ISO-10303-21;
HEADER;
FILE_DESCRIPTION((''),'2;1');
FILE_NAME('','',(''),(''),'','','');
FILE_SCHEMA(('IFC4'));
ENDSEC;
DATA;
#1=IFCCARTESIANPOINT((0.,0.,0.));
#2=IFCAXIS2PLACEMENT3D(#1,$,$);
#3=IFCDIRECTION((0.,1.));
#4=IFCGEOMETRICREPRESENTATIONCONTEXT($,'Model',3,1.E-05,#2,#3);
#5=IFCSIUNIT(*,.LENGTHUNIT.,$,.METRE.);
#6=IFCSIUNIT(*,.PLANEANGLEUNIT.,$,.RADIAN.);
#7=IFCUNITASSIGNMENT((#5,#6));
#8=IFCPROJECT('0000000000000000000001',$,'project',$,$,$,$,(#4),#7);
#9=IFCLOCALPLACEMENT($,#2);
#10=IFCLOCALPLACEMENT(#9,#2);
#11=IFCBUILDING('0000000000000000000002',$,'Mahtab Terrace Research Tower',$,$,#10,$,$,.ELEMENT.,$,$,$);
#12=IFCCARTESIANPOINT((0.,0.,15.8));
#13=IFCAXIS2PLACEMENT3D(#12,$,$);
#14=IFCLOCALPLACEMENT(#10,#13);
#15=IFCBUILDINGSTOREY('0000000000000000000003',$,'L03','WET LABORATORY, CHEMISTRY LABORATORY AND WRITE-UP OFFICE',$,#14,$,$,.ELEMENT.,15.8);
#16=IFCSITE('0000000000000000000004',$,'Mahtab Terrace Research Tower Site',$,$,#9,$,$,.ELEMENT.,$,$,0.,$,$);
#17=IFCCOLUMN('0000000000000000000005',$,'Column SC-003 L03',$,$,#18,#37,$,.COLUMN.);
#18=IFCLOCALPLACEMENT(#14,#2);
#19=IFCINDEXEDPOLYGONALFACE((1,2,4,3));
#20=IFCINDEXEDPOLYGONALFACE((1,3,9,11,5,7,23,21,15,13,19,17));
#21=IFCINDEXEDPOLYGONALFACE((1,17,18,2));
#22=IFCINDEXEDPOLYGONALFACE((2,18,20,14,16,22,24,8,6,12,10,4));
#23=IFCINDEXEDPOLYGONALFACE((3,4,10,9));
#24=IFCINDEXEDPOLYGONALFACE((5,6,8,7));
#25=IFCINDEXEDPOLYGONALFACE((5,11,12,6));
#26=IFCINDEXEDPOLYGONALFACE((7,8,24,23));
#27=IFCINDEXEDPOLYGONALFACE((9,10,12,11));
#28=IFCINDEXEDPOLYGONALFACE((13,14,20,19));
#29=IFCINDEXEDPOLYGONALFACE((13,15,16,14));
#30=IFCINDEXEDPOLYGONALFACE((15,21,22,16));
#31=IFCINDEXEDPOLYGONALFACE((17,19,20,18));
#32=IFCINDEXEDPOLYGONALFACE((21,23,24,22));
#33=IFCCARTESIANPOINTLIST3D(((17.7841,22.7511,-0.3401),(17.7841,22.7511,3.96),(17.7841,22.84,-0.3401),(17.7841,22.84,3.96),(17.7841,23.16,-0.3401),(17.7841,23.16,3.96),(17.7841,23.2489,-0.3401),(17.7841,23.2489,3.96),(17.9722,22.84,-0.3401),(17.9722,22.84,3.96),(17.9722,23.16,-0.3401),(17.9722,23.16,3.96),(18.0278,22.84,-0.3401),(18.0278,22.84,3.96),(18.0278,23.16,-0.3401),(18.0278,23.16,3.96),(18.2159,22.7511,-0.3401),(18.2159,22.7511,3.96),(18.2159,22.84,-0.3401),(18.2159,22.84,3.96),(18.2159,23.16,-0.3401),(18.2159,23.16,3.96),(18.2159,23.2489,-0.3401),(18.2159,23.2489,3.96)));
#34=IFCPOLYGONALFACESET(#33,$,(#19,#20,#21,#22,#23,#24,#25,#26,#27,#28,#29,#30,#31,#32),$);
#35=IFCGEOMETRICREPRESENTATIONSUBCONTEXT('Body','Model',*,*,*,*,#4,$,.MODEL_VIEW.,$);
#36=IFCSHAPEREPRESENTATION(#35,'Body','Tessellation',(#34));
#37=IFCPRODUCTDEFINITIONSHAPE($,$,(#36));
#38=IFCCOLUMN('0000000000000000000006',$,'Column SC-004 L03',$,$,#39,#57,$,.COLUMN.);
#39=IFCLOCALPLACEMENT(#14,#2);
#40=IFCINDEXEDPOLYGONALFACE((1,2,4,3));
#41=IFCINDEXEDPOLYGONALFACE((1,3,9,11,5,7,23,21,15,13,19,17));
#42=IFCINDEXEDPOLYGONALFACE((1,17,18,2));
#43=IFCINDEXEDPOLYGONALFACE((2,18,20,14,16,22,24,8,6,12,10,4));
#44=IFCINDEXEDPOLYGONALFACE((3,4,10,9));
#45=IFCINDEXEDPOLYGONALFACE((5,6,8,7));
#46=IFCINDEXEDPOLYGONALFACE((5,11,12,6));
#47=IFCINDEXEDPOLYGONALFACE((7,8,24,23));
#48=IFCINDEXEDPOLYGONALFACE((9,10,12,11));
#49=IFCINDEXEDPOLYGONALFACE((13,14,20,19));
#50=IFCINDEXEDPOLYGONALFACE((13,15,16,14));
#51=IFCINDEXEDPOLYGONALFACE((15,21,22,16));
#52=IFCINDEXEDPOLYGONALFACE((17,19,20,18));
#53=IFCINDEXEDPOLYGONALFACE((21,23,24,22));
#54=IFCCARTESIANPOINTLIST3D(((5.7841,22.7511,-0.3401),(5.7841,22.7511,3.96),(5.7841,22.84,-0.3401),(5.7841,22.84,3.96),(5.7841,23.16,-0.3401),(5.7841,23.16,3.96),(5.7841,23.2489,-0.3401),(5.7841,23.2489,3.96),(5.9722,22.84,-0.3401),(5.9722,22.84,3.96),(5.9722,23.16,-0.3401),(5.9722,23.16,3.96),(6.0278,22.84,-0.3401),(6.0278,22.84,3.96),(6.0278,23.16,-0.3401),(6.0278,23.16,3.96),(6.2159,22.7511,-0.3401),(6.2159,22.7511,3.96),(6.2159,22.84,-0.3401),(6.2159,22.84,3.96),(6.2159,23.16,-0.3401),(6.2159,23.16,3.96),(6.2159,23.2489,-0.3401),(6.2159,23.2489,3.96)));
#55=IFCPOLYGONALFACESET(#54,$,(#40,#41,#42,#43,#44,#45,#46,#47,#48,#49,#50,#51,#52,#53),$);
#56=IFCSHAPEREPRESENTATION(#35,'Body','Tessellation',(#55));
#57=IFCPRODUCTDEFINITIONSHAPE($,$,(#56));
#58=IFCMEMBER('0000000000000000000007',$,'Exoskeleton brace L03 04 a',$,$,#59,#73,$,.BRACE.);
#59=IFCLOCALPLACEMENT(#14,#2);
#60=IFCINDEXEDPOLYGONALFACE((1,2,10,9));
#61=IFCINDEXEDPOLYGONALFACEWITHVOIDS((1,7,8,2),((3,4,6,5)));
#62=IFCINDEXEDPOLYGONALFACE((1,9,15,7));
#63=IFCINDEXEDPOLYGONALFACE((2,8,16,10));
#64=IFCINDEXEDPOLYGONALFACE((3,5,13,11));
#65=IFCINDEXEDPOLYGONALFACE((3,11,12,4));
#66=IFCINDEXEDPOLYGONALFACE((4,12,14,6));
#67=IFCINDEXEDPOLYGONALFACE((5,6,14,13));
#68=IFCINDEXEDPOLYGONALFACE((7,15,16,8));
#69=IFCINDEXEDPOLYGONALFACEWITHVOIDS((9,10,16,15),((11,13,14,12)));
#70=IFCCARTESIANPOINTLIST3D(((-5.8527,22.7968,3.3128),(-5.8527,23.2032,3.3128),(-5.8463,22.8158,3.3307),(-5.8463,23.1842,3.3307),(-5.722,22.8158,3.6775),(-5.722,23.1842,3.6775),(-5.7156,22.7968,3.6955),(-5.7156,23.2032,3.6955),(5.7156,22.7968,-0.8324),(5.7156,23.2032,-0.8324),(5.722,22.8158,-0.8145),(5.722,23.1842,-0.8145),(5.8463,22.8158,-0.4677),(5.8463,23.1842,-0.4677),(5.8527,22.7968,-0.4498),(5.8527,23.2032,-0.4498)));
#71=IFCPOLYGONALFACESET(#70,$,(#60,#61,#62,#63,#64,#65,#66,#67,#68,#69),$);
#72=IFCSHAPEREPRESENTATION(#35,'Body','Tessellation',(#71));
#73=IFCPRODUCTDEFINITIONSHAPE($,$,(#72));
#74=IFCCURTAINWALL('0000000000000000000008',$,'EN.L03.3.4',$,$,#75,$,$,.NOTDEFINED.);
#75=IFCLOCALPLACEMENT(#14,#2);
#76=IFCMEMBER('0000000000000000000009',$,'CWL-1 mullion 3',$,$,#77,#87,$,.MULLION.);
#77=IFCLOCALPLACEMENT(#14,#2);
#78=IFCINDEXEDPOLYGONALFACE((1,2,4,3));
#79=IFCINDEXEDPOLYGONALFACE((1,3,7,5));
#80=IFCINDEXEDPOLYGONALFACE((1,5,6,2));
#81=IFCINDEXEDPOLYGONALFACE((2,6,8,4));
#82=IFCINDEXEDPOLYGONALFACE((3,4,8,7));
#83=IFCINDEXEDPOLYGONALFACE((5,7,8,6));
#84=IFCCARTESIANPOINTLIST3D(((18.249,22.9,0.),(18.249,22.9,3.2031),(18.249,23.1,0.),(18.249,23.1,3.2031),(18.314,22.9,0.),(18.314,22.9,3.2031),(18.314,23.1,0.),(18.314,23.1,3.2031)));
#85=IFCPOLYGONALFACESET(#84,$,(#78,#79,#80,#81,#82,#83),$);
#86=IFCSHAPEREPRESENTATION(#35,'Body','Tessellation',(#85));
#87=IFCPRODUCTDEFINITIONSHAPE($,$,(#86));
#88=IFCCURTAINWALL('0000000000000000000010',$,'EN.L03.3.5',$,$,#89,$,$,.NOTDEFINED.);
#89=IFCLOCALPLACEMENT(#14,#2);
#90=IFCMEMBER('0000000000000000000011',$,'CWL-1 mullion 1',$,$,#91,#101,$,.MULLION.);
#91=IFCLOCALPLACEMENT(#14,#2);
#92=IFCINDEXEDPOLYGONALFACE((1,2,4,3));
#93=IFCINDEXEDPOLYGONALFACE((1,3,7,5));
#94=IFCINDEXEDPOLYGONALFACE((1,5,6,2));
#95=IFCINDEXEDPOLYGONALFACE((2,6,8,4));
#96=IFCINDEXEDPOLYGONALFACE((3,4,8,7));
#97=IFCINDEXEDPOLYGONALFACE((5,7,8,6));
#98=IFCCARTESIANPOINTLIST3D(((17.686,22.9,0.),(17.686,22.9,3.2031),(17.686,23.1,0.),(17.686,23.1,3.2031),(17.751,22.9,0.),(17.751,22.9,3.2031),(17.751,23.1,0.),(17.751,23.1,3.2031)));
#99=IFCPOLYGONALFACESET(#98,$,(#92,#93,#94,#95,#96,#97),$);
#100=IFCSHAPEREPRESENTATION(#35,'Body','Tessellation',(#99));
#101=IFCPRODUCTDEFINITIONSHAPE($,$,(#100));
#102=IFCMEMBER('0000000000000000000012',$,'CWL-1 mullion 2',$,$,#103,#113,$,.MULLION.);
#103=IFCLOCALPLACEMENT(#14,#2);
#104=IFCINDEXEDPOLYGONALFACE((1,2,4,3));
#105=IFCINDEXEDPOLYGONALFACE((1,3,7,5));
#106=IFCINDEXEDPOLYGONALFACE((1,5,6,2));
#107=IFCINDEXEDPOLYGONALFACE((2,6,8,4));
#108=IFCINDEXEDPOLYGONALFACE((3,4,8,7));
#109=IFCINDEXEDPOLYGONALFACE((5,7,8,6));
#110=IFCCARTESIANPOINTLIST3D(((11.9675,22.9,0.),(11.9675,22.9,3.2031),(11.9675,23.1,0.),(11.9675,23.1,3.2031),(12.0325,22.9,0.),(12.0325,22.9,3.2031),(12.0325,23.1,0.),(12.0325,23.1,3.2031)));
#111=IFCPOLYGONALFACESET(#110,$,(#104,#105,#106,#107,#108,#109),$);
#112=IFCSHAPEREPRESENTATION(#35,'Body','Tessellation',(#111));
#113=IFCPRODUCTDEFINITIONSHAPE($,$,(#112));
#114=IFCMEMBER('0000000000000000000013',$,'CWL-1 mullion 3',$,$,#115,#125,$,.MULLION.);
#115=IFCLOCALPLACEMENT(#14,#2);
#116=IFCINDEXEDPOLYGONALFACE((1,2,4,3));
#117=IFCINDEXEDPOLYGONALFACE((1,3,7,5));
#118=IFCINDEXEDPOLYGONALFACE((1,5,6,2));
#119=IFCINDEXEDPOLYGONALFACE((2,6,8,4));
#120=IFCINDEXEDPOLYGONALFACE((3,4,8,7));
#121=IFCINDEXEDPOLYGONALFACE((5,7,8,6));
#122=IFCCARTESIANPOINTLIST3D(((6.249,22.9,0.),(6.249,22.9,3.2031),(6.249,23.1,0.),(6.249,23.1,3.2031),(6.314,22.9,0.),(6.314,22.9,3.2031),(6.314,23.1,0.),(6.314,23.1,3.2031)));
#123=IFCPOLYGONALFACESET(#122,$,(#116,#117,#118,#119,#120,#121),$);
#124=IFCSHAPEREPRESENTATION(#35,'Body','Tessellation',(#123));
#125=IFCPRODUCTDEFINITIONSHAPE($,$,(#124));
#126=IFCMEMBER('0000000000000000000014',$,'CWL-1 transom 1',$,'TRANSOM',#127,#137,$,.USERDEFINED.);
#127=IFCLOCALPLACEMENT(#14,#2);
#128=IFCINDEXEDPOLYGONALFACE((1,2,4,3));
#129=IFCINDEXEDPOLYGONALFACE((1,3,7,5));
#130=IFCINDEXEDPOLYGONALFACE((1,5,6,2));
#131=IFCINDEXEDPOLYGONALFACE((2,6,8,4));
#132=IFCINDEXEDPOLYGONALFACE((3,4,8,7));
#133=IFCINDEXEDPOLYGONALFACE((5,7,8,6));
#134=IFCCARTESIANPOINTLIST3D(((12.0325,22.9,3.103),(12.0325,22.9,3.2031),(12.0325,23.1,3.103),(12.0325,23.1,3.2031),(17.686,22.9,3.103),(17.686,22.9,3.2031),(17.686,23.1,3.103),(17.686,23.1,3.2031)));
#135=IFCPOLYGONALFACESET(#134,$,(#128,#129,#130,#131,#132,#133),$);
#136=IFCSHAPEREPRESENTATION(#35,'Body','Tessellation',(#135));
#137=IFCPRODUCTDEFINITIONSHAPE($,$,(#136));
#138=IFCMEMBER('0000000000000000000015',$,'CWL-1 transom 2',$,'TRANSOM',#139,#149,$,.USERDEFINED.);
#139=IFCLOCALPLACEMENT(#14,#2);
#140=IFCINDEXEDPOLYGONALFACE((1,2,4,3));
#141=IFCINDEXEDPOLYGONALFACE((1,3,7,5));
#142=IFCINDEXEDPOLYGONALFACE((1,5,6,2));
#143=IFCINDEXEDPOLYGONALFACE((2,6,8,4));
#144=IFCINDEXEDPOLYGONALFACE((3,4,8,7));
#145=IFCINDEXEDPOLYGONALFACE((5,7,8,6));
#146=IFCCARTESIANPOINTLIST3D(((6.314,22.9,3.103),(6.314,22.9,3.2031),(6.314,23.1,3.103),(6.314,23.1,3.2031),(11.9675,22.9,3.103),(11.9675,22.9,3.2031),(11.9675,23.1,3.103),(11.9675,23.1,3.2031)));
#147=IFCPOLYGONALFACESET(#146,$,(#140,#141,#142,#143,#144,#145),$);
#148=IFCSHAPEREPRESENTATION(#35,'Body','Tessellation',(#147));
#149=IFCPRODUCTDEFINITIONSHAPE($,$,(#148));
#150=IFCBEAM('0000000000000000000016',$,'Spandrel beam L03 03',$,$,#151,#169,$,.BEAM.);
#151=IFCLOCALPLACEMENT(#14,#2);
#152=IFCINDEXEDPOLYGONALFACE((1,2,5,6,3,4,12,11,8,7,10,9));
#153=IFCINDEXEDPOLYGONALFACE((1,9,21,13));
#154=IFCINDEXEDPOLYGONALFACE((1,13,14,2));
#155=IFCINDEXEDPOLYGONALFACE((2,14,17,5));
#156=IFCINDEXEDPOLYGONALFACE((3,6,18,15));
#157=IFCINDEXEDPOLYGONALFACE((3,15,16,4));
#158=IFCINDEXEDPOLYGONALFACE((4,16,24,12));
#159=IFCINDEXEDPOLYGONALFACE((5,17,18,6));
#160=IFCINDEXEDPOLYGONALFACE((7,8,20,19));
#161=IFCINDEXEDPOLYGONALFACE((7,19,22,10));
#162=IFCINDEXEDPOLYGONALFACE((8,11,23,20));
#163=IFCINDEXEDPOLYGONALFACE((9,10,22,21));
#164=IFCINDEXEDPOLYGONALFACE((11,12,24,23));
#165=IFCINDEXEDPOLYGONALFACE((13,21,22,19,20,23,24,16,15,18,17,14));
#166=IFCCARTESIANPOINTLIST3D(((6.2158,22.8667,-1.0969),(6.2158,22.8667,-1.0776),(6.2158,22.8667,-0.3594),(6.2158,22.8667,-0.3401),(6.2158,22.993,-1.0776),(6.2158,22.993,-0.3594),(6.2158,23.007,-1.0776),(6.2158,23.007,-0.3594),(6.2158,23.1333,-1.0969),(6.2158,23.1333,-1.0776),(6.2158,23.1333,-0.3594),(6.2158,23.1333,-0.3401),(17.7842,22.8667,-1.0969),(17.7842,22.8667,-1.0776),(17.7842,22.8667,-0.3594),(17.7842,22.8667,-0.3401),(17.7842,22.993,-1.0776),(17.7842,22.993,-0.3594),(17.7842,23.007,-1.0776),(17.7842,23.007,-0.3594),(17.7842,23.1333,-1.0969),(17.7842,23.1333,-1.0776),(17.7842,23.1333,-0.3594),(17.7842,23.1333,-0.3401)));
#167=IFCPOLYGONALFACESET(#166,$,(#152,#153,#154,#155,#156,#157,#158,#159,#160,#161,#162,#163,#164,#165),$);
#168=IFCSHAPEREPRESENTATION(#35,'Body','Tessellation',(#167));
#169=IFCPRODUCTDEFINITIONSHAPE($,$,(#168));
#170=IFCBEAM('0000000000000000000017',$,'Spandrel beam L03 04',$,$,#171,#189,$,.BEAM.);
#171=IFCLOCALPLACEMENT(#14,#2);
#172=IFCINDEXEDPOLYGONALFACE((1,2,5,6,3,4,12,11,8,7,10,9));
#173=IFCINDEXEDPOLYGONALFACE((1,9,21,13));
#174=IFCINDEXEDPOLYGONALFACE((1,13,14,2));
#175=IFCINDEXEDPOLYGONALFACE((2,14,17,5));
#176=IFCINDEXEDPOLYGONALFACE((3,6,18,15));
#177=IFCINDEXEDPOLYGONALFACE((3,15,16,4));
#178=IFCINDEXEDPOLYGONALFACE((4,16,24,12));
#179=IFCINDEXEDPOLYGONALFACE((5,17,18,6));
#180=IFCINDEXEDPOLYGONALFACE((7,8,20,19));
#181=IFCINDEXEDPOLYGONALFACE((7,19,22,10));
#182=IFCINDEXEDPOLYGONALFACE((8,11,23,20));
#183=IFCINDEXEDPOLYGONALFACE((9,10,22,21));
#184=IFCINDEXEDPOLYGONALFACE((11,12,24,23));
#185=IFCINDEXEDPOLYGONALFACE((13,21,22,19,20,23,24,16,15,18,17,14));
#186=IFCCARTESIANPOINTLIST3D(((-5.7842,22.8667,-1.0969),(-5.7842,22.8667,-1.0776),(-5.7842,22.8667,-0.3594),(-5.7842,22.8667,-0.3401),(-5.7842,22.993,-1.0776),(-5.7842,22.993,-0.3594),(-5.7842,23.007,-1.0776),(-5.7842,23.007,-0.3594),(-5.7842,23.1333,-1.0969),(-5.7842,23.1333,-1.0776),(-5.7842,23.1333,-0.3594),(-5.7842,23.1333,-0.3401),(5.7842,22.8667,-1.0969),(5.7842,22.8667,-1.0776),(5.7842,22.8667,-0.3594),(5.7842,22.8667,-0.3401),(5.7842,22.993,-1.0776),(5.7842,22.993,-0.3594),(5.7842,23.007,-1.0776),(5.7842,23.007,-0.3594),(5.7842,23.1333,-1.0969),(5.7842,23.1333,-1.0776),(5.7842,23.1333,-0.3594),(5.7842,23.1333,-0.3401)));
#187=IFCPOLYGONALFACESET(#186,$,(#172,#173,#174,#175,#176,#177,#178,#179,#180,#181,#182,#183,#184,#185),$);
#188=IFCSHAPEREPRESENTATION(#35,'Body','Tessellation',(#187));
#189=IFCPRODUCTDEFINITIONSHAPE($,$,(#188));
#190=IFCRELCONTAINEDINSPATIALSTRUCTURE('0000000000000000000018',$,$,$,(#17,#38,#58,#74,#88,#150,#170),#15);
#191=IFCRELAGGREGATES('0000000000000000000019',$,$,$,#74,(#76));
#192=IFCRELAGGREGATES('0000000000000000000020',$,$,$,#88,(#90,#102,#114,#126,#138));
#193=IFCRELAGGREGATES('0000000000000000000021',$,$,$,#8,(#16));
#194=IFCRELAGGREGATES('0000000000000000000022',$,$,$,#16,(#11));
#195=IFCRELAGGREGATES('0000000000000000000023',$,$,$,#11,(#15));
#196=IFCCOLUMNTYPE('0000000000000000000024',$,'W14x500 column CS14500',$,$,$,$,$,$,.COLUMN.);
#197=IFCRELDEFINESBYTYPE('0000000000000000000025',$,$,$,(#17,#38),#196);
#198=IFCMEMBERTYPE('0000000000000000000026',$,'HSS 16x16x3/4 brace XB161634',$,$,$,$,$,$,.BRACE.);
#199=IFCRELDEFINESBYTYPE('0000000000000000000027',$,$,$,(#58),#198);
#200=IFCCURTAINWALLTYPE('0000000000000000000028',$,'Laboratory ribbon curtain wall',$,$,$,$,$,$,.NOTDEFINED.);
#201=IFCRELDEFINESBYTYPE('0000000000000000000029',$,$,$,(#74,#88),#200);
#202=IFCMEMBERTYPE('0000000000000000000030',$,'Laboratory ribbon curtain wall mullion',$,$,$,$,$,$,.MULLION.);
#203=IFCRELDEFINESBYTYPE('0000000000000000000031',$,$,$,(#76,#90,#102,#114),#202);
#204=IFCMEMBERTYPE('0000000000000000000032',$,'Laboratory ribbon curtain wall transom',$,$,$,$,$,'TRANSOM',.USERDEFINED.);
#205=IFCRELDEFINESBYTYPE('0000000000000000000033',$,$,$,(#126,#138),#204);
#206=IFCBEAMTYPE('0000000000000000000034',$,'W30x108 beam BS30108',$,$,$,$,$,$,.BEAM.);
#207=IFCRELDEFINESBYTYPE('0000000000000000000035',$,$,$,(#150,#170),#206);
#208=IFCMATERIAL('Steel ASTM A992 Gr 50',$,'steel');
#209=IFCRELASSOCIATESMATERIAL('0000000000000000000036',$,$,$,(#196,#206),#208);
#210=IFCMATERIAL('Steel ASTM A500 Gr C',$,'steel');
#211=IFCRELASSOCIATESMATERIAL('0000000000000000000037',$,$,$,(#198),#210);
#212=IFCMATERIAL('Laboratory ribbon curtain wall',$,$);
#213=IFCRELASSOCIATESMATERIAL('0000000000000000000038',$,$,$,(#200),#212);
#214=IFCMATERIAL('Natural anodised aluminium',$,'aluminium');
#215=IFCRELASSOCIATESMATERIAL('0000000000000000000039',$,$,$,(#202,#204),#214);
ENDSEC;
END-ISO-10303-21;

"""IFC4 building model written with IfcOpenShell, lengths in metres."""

from ifc_helpers import new_model, si_unit, direction, frame, origin, origin_2d, place, context, subcontext, project, spatial, rectangle, hollow_rectangle, i_section, extrude, material, material_profile, profile_set, type_object, element, aggregate, save


model = new_model("IFC4")

# Units and contexts
model_context = context("Model", 3, precision=1e-05, world=origin(), true_north=direction((0.0, 1.0)))
body_context = subcontext(model_context, "Body", "Model", "MODEL_VIEW")
ifc_project = project(units=[si_unit("LENGTHUNIT", "METRE"), si_unit("PLANEANGLEUNIT", "RADIAN")], contexts=[model_context])

# Site, building, storey
site_placement = place(None, origin())
site = spatial("IfcSite", under=ifc_project, at=site_placement, Name="Mahtab Terrace Research Tower Site", CompositionType="ELEMENT", RefElevation=0.0)
building_placement = place(site_placement, origin())
building = spatial("IfcBuilding", under=site, at=building_placement, Name="Mahtab Terrace Research Tower", CompositionType="ELEMENT")
storey_placement = place(building_placement, frame((0.0, 0.0, 15.8)))
storey = spatial("IfcBuildingStorey", under=building, at=storey_placement, Name="L03", Description="WET LABORATORY, CHEMISTRY LABORATORY AND WRITE-UP OFFICE", CompositionType="ELEMENT", Elevation=15.8)

# Columns
ifc_material_1 = material(Name="Steel ASTM A992 Gr 50", Category="steel")
ifc_material_profile_1 = material_profile(ifc_material_1, i_section(OverallWidth=0.4319, OverallDepth=0.4978, WebThickness=0.0557, FlangeThickness=0.0889, at=origin_2d()), Name="W14X500")
ifc_profile_set_1 = profile_set([ifc_material_profile_1], Name="Steel ASTM A992 Gr 50")
column_type = type_object("IfcColumnType", Name="W14x500 column CS14500", PredefinedType="COLUMN", material=ifc_profile_set_1)
for number, where, z_axis, x_axis, name in (
    (1, (18.0, 23.0, -0.3401), (0.0, 0.0, 1.0), (1.0, 0.0, 0.0), "Column SC-003 L03"),
    (2, (6.0, 23.0, -0.3401), (0.0, 0.0, 1.0), (1.0, 0.0, 0.0), "Column SC-004 L03"),
):
    element("IfcColumn", number, at=place(storey_placement, frame(where, z_axis=z_axis, x_axis=x_axis)), inside=storey, type_object=column_type, Name=name, PredefinedType="COLUMN", context=body_context, shape_type="SweptSolid", body=[
        extrude(i_section(OverallWidth=0.4319, OverallDepth=0.4978, WebThickness=0.0557, FlangeThickness=0.0889, at=origin_2d()), origin(), (0.0, 0.0, 1.0), 4.3),
    ])

# Member
ifc_material_2 = material(Name="Steel ASTM A500 Gr C", Category="steel")
ifc_material_profile_2 = material_profile(ifc_material_2, hollow_rectangle(XDim=0.4065, YDim=0.4065, WallThickness=0.019, at=origin_2d()), Name="HSS16X16X3/4")
ifc_profile_set_2 = profile_set([ifc_material_profile_2], Name="Steel ASTM A500 Gr C")
member_type_1 = type_object("IfcMemberType", Name="HSS 16x16x3/4 brace XB161634", PredefinedType="BRACE", material=ifc_profile_set_2)
member_1_placement = place(storey_placement, frame((5.7842, 23.0, -0.6411), z_axis=(-0.941388, 0.0, 0.337325), x_axis=(0.0, -1.0, 0.0)))
element("IfcMember", 3, at=member_1_placement, inside=storey, type_object=member_type_1, Name="Exoskeleton brace L03 04 a", PredefinedType="BRACE", context=body_context, shape_type="SweptSolid", body=[
    extrude(hollow_rectangle(XDim=0.4065, YDim=0.4065, WallThickness=0.019, at=origin_2d()), origin(), (0.0, 0.0, 1.0), 12.2886),
])

# Curtain wall, member
ifc_material_3 = material(Name="Laboratory ribbon curtain wall")
curtain_wall_type = type_object("IfcCurtainWallType", Name="Laboratory ribbon curtain wall", PredefinedType="NOTDEFINED", material=ifc_material_3)
curtain_wall_1_placement = place(storey_placement, origin())
curtain_wall_1 = element("IfcCurtainWall", 4, at=curtain_wall_1_placement, inside=storey, type_object=curtain_wall_type, Name="EN.L03.3.4", PredefinedType="NOTDEFINED")
ifc_material_4 = material(Name="Natural anodised aluminium", Category="aluminium")
ifc_material_profile_3 = material_profile(ifc_material_4, rectangle(XDim=0.2, YDim=0.0649, at=origin_2d()), Name="MULLION 65x200")
ifc_profile_set_3 = profile_set([ifc_material_profile_3], Name="Natural anodised aluminium")
member_type_2 = type_object("IfcMemberType", Name="Laboratory ribbon curtain wall mullion", PredefinedType="MULLION", material=ifc_profile_set_3)
member_2_placement = place(storey_placement, frame((18.2815, 23.0, 0.0), z_axis=(0.0, 0.0, 1.0), x_axis=(0.0, -1.0, 0.0)))
member_2 = element("IfcMember", 5, at=member_2_placement, type_object=member_type_2, Name="CWL-1 mullion 3", PredefinedType="MULLION", context=body_context, shape_type="SweptSolid", body=[
    extrude(rectangle(XDim=0.2, YDim=0.0649, at=origin_2d()), origin(), (0.0, 0.0, 1.0), 3.2031),
])
aggregate(curtain_wall_1, [member_2])

# Curtain wall, members
curtain_wall_2_placement = place(storey_placement, origin())
curtain_wall_2 = element("IfcCurtainWall", 6, at=curtain_wall_2_placement, inside=storey, type_object=curtain_wall_type, Name="EN.L03.3.5", PredefinedType="NOTDEFINED")
member_3_placement = place(storey_placement, frame((17.7185, 23.0, 0.0), z_axis=(0.0, 0.0, 1.0), x_axis=(0.0, -1.0, 0.0)))
member_3 = element("IfcMember", 7, at=member_3_placement, type_object=member_type_2, Name="CWL-1 mullion 1", PredefinedType="MULLION", context=body_context, shape_type="SweptSolid", body=[
    extrude(rectangle(XDim=0.2, YDim=0.0649, at=origin_2d()), origin(), (0.0, 0.0, 1.0), 3.2031),
])
member_4_placement = place(storey_placement, frame((12.0, 23.0, 0.0), z_axis=(0.0, 0.0, 1.0), x_axis=(0.0, -1.0, 0.0)))
member_4 = element("IfcMember", 8, at=member_4_placement, type_object=member_type_2, Name="CWL-1 mullion 2", PredefinedType="MULLION", context=body_context, shape_type="SweptSolid", body=[
    extrude(rectangle(XDim=0.2, YDim=0.0649, at=origin_2d()), origin(), (0.0, 0.0, 1.0), 3.2031),
])
member_5_placement = place(storey_placement, frame((6.2815, 23.0, 0.0), z_axis=(0.0, 0.0, 1.0), x_axis=(0.0, -1.0, 0.0)))
member_5 = element("IfcMember", 9, at=member_5_placement, type_object=member_type_2, Name="CWL-1 mullion 3", PredefinedType="MULLION", context=body_context, shape_type="SweptSolid", body=[
    extrude(rectangle(XDim=0.2, YDim=0.0649, at=origin_2d()), origin(), (0.0, 0.0, 1.0), 3.2031),
])
ifc_material_profile_4 = material_profile(ifc_material_4, rectangle(XDim=0.2, YDim=0.1001, at=origin_2d()), Name="TRANSOM 100x200")
ifc_profile_set_4 = profile_set([ifc_material_profile_4], Name="Natural anodised aluminium")
member_type_3 = type_object("IfcMemberType", Name="Laboratory ribbon curtain wall transom", ElementType="TRANSOM", PredefinedType="USERDEFINED", material=ifc_profile_set_4)
member_6_placement = place(storey_placement, frame((17.686, 23.0, 3.1531), z_axis=(-1.0, 0.0, 0.0), x_axis=(0.0, -1.0, 0.0)))
member_6 = element("IfcMember", 10, at=member_6_placement, type_object=member_type_3, Name="CWL-1 transom 1", ObjectType="TRANSOM", PredefinedType="USERDEFINED", context=body_context, shape_type="SweptSolid", body=[
    extrude(rectangle(XDim=0.2, YDim=0.1001, at=origin_2d()), origin(), (0.0, 0.0, 1.0), 5.6536),
])
member_7_placement = place(storey_placement, frame((11.9675, 23.0, 3.1531), z_axis=(-1.0, 0.0, 0.0), x_axis=(0.0, -1.0, 0.0)))
member_7 = element("IfcMember", 11, at=member_7_placement, type_object=member_type_3, Name="CWL-1 transom 2", ObjectType="TRANSOM", PredefinedType="USERDEFINED", context=body_context, shape_type="SweptSolid", body=[
    extrude(rectangle(XDim=0.2, YDim=0.1001, at=origin_2d()), origin(), (0.0, 0.0, 1.0), 5.6536),
])

# Beams
ifc_material_profile_5 = material_profile(ifc_material_1, i_section(OverallWidth=0.2666, OverallDepth=0.7568, WebThickness=0.0139, FlangeThickness=0.0193, at=origin_2d()), Name="W30X108")
ifc_profile_set_5 = profile_set([ifc_material_profile_5], Name="Steel ASTM A992 Gr 50")
beam_type = type_object("IfcBeamType", Name="W30x108 beam BS30108", PredefinedType="BEAM", material=ifc_profile_set_5)
for number, where, z_axis, x_axis, name in (
    (12, (17.7842, 23.0, -0.7185), (-1.0, 0.0, 0.0), (0.0, -1.0, 0.0), "Spandrel beam L03 03"),
    (13, (5.7842, 23.0, -0.7185), (-1.0, 0.0, 0.0), (0.0, -1.0, 0.0), "Spandrel beam L03 04"),
):
    element("IfcBeam", number, at=place(storey_placement, frame(where, z_axis=z_axis, x_axis=x_axis)), inside=storey, type_object=beam_type, Name=name, PredefinedType="BEAM", context=body_context, shape_type="SweptSolid", body=[
        extrude(i_section(OverallWidth=0.2666, OverallDepth=0.7568, WebThickness=0.0139, FlangeThickness=0.0193, at=origin_2d()), origin(), (0.0, 0.0, 1.0), 11.5684),
    ])

aggregate(curtain_wall_2, [member_3, member_4, member_5, member_6, member_7])

save(model, "model.ifc")
